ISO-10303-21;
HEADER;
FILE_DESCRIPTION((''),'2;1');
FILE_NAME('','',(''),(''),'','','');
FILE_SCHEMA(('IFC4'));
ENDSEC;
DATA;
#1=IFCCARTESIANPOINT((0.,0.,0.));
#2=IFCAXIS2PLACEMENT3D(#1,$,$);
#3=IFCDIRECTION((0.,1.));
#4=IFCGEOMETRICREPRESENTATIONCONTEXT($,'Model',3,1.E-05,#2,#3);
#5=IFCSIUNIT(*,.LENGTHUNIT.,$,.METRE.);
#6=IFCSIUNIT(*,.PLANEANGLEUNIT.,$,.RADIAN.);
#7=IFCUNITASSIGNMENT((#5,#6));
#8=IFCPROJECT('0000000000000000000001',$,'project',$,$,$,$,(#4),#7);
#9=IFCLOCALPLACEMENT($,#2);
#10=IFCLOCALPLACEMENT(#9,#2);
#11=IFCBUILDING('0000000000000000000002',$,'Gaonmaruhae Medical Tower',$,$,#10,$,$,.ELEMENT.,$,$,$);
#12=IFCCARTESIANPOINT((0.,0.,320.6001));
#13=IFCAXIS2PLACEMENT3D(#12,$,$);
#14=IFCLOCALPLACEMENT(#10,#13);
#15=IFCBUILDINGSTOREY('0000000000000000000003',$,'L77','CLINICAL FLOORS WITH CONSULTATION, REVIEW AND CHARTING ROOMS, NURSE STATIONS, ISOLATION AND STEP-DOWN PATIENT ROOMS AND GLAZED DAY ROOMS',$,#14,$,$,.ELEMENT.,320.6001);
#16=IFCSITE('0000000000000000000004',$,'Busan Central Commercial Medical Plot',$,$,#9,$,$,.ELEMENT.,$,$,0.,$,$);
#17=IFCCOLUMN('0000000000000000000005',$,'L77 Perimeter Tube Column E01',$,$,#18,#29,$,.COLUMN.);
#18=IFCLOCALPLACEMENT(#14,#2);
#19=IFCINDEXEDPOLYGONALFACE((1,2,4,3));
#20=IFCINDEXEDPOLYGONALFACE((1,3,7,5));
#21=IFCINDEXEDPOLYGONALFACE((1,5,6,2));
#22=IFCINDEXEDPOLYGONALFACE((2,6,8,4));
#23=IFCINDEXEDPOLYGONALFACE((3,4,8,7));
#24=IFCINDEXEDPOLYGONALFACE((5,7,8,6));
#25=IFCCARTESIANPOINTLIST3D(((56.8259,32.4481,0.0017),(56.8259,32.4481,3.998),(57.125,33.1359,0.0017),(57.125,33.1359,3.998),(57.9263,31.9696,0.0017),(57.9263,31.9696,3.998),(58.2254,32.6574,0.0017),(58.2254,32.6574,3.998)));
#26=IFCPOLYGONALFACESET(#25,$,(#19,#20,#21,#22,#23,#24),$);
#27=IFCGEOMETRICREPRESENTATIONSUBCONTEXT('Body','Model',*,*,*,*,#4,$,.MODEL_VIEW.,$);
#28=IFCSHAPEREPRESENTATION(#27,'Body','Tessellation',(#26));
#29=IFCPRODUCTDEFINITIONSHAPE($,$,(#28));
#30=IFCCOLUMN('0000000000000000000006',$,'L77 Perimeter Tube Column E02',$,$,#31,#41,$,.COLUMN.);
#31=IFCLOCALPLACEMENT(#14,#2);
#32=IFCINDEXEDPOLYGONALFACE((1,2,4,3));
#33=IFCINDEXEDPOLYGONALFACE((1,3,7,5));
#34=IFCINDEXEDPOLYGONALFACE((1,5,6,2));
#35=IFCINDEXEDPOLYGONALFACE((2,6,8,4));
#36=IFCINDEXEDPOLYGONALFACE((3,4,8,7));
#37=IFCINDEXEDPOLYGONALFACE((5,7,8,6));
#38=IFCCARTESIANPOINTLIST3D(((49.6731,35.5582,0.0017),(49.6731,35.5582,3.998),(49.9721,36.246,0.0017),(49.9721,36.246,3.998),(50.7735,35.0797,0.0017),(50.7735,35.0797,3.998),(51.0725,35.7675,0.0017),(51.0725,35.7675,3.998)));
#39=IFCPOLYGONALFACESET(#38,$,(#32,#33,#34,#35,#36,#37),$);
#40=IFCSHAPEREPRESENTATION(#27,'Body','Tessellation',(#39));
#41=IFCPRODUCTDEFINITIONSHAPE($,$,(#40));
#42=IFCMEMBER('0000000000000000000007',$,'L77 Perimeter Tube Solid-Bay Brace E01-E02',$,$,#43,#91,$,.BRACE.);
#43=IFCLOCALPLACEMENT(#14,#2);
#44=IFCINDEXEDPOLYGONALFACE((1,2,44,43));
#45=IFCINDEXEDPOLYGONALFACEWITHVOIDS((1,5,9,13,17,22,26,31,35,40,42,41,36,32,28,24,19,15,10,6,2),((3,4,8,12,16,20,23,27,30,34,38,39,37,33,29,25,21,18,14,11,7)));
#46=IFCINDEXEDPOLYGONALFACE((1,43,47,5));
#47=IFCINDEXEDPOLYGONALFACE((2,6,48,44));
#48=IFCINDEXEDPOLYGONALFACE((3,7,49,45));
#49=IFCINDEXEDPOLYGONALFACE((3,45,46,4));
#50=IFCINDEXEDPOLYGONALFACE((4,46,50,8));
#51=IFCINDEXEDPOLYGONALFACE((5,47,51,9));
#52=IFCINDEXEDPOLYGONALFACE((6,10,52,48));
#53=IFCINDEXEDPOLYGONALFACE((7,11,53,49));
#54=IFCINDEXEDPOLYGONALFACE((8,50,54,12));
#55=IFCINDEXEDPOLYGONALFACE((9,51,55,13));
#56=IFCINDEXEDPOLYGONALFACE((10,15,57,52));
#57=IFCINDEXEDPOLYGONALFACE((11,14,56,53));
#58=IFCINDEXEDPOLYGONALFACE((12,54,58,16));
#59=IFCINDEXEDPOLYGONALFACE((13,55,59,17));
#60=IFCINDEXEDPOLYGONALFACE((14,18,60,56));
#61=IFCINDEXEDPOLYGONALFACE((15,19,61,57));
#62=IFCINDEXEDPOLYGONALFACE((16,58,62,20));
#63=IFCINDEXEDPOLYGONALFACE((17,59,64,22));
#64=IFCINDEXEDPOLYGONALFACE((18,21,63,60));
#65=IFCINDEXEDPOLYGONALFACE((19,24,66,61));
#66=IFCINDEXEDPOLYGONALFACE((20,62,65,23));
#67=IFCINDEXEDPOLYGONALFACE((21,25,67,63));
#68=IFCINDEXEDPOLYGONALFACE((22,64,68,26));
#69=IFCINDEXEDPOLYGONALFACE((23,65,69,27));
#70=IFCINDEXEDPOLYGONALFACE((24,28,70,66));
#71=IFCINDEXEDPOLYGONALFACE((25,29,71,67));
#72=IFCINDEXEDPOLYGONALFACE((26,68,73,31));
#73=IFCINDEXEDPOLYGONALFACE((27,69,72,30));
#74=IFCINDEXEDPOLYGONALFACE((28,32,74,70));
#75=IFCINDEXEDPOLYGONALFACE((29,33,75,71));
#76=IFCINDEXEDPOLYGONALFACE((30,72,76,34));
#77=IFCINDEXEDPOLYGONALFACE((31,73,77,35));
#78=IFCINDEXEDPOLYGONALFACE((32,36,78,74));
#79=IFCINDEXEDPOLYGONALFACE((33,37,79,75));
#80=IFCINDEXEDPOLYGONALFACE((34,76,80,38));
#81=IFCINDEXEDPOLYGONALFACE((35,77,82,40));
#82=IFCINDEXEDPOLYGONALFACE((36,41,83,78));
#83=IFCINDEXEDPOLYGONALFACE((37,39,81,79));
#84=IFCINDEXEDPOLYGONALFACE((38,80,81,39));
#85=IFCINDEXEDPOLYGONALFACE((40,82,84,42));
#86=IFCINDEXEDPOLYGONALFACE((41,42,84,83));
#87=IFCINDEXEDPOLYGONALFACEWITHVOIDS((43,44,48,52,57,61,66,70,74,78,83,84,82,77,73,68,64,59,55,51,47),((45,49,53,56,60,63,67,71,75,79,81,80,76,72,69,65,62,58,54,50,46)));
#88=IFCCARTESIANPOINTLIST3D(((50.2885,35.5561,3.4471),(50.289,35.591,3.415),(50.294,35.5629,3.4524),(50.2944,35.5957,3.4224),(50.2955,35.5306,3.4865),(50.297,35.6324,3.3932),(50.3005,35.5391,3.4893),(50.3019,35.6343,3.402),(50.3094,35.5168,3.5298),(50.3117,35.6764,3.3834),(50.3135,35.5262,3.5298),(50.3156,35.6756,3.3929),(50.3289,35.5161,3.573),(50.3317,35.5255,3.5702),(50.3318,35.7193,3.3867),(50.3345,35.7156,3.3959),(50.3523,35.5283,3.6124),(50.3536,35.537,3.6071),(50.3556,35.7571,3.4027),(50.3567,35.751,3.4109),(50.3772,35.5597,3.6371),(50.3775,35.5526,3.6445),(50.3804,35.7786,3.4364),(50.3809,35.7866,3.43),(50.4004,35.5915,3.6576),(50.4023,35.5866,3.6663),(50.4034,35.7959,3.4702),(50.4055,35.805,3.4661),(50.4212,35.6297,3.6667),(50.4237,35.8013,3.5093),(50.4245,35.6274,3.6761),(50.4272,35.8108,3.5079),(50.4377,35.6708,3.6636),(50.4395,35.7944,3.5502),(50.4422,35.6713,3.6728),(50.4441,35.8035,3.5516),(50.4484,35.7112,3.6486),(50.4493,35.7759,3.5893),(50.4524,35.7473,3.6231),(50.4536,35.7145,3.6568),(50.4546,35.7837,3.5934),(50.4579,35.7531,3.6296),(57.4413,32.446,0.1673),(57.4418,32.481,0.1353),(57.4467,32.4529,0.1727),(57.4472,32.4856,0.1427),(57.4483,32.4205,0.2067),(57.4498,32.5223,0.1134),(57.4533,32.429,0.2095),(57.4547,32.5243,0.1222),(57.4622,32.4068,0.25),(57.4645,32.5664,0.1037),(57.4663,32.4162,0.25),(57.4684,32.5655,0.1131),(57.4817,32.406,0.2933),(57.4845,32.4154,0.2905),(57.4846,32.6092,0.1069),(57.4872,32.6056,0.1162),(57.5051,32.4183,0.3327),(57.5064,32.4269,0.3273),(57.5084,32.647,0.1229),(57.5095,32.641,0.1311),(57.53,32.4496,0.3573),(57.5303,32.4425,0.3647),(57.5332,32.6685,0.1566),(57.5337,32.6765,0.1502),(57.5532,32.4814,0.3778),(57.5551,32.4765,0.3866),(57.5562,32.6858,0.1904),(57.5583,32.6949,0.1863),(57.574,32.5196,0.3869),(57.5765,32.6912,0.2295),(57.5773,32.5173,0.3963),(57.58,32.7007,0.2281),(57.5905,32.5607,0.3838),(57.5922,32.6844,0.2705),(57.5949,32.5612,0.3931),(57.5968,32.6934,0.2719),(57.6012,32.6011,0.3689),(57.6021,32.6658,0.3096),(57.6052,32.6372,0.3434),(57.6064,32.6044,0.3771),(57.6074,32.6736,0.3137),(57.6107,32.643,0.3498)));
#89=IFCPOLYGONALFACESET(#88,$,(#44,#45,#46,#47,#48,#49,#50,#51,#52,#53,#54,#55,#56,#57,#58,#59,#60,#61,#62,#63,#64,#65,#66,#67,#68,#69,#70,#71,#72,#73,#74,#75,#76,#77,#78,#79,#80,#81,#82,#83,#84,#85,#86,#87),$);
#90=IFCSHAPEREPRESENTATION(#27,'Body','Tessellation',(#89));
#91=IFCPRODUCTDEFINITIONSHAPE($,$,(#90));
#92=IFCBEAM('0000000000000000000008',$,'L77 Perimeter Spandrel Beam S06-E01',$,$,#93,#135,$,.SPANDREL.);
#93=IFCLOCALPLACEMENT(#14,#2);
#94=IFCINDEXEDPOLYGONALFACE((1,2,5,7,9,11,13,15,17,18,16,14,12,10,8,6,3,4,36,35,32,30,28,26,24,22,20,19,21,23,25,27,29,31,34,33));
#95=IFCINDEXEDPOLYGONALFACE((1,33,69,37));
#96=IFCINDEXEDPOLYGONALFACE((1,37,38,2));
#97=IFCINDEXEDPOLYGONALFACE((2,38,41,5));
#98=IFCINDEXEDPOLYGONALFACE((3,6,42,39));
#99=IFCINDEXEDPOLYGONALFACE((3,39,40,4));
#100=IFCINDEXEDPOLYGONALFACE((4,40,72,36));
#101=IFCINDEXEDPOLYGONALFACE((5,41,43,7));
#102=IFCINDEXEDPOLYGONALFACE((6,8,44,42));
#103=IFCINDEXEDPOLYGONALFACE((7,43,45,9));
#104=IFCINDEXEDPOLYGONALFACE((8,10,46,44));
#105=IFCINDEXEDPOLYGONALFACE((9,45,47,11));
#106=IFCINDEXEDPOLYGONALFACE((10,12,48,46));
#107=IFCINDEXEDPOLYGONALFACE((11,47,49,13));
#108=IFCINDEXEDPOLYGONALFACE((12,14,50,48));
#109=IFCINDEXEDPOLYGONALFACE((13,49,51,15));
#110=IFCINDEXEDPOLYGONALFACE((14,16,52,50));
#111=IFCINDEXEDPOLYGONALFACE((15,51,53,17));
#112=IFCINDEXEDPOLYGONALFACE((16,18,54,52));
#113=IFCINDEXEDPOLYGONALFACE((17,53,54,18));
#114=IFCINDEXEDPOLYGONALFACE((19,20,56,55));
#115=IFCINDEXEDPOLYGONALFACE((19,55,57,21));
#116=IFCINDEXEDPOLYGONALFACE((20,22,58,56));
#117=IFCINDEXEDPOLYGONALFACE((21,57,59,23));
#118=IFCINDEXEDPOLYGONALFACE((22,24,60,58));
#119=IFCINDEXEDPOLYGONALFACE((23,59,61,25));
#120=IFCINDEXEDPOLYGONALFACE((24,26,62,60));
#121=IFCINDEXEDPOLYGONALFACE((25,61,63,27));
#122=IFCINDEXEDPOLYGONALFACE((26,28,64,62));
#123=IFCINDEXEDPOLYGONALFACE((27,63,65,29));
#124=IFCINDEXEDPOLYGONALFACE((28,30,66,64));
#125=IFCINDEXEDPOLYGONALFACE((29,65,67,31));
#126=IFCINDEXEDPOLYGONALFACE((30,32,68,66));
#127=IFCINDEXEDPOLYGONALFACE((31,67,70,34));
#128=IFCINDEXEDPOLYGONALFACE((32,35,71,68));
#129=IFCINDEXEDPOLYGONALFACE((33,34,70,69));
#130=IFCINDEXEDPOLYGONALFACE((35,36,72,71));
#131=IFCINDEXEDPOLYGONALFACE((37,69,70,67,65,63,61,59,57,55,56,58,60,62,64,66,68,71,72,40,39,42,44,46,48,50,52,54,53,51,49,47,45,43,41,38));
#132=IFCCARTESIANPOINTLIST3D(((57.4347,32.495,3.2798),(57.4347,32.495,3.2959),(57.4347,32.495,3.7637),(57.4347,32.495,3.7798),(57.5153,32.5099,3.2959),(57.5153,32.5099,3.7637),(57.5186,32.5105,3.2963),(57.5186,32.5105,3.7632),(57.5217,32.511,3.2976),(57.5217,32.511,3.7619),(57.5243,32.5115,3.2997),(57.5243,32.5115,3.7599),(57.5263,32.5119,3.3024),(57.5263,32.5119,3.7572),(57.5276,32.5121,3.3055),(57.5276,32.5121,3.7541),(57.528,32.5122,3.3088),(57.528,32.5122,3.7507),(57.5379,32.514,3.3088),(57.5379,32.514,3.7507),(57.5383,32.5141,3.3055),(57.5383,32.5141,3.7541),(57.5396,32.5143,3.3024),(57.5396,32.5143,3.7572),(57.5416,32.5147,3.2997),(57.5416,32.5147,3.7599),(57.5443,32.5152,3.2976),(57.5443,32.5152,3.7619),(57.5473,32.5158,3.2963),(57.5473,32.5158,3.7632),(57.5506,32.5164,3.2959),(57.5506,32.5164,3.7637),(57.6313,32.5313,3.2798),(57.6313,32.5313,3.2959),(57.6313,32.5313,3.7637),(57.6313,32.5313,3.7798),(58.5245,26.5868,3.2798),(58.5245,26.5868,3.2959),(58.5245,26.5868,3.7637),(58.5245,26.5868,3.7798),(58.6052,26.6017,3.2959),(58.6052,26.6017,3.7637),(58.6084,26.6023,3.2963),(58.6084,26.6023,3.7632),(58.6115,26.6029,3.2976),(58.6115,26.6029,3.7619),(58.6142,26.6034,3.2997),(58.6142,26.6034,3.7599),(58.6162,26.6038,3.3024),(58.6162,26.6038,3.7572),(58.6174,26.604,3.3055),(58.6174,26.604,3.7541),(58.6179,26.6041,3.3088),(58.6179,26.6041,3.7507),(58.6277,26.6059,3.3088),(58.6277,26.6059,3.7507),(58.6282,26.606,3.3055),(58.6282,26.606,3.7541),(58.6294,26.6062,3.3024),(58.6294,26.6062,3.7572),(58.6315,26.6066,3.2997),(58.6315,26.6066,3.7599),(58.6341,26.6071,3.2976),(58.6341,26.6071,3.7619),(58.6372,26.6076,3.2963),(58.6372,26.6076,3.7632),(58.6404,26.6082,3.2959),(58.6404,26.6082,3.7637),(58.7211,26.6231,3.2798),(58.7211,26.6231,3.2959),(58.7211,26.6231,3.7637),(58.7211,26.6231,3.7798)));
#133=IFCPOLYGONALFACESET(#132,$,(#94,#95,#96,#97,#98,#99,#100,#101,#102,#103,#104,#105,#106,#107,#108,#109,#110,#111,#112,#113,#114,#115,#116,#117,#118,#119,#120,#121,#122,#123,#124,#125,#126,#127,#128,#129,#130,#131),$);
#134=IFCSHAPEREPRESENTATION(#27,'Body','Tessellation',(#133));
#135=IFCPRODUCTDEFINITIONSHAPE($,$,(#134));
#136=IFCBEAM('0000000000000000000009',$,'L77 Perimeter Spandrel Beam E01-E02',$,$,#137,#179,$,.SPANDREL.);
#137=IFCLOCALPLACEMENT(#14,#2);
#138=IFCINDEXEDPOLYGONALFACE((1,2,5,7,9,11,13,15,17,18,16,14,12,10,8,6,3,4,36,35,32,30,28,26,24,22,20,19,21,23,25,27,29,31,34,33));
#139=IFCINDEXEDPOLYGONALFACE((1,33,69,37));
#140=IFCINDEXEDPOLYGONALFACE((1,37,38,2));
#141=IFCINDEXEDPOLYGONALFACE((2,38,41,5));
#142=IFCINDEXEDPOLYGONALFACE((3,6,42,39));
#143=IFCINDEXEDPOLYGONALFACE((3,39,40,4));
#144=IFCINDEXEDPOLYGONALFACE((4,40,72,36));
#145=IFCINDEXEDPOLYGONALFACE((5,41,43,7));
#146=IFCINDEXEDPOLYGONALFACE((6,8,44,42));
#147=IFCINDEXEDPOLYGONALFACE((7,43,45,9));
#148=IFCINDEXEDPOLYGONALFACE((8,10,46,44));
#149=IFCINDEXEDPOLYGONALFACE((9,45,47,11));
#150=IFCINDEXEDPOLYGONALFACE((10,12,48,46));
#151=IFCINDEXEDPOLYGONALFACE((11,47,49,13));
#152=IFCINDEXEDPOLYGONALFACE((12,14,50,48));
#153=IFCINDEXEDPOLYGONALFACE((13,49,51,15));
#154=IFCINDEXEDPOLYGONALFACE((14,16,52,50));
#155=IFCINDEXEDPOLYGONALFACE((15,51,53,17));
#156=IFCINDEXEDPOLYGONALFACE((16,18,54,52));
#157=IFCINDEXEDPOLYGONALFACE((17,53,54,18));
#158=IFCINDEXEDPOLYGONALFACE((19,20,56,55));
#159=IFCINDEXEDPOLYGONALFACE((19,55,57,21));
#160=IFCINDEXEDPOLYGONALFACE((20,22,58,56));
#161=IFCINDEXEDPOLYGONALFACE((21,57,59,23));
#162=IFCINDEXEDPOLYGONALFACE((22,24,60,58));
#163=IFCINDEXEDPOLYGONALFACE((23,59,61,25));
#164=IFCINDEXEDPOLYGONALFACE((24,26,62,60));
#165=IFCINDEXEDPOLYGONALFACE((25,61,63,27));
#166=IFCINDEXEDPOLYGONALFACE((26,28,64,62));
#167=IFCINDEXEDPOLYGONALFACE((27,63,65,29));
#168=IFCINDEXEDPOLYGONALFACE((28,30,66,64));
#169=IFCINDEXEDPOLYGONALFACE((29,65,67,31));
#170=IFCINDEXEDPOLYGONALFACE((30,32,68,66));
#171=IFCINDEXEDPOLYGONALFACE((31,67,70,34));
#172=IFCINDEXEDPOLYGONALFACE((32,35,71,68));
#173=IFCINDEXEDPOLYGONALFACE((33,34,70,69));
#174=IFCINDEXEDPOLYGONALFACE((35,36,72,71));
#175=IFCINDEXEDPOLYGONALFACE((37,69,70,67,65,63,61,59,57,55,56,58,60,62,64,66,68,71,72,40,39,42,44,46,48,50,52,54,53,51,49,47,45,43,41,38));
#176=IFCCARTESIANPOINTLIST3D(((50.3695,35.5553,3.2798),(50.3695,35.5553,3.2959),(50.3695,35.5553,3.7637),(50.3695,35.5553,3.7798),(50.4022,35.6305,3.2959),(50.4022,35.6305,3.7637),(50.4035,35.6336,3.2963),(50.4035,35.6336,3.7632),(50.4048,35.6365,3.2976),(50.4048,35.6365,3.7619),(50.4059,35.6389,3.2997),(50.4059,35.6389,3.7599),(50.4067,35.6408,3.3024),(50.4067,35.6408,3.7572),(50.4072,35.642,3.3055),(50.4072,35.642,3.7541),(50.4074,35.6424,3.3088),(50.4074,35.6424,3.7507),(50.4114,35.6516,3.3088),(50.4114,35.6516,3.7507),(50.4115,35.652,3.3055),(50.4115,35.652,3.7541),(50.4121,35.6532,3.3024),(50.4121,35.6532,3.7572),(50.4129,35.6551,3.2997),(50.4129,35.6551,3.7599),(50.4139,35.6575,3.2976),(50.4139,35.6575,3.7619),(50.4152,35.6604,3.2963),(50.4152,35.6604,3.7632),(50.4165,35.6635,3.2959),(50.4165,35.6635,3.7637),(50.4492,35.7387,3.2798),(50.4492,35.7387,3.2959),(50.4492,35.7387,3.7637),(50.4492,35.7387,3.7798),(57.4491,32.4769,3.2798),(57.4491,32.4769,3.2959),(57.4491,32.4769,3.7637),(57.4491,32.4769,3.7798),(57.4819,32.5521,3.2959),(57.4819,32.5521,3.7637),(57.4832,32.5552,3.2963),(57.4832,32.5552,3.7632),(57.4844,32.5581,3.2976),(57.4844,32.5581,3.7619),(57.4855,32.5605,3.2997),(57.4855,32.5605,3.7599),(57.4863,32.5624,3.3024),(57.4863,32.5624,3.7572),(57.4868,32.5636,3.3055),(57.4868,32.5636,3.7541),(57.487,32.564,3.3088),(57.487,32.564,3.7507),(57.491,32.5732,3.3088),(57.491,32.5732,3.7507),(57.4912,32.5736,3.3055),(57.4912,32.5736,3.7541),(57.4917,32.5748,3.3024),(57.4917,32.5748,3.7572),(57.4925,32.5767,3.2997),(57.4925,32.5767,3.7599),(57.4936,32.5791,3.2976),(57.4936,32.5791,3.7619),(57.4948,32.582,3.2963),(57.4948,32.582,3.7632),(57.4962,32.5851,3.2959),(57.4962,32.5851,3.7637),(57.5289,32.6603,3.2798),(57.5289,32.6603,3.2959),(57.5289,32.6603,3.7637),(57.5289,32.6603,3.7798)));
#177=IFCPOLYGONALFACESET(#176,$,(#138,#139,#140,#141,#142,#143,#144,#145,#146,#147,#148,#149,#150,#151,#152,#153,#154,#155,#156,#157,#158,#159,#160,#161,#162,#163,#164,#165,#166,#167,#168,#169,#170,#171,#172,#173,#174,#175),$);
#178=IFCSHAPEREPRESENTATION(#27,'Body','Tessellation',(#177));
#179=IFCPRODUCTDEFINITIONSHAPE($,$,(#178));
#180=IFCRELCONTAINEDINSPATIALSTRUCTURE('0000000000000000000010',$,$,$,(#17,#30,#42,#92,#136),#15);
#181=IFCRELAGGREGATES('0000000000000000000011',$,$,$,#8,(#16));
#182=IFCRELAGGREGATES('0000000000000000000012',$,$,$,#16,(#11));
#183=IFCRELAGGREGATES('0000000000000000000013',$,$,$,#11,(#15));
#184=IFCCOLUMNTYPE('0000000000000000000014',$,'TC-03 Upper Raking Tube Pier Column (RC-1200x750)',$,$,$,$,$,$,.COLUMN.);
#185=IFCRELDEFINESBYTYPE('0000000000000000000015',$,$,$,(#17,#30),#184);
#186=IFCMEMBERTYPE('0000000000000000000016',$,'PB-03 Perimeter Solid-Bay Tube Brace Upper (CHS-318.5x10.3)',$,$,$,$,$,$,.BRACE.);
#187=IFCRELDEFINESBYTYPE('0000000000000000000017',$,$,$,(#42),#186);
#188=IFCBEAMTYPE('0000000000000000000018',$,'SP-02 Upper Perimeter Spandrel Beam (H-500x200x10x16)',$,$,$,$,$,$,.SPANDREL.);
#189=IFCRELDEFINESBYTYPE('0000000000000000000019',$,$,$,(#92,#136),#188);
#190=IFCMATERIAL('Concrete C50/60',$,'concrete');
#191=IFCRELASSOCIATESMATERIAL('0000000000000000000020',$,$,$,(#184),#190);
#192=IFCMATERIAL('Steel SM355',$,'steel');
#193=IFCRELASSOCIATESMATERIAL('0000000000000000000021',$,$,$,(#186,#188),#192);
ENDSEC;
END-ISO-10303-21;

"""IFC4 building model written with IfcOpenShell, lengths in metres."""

from ifc_helpers import new_model, si_unit, direction, frame, origin, origin_2d, place, context, subcontext, project, spatial, rectangle, hollow_circle, i_section, extrude, material, material_profile, profile_set, type_object, element, save


model = new_model("IFC4")

# Units and contexts
model_context = context("Model", 3, precision=1e-05, world=origin(), true_north=direction((0.0, 1.0)))
body_context = subcontext(model_context, "Body", "Model", "MODEL_VIEW")
ifc_project = project(units=[si_unit("LENGTHUNIT", "METRE"), si_unit("PLANEANGLEUNIT", "RADIAN")], contexts=[model_context])

# Site, building, storey
site_placement = place(None, origin())
site = spatial("IfcSite", under=ifc_project, at=site_placement, Name="Busan Central Commercial Medical Plot", CompositionType="ELEMENT", RefElevation=0.0)
building_placement = place(site_placement, origin())
building = spatial("IfcBuilding", under=site, at=building_placement, Name="Gaonmaruhae Medical Tower", CompositionType="ELEMENT")
storey_placement = place(building_placement, frame((0.0, 0.0, 320.6001)))
storey = spatial("IfcBuildingStorey", under=building, at=storey_placement, Name="L77", Description="CLINICAL FLOORS WITH CONSULTATION, REVIEW AND CHARTING ROOMS, NURSE STATIONS, ISOLATION AND STEP-DOWN PATIENT ROOMS AND GLAZED DAY ROOMS", CompositionType="ELEMENT", Elevation=320.6001)

# Columns
ifc_material_1 = material(Name="Concrete C50/60", Category="concrete")
ifc_material_profile_1 = material_profile(ifc_material_1, rectangle(XDim=1.2, YDim=0.75, at=origin_2d()), Name="RC-1200x750")
ifc_profile_set_1 = profile_set([ifc_material_profile_1], Name="Concrete C50/60")
column_type = type_object("IfcColumnType", Name="TC-03 Upper Raking Tube Pier Column (RC-1200x750)", PredefinedType="COLUMN", material=ifc_profile_set_1)
for number, where, z_axis, x_axis, name in (
    (1, (57.5256, 32.5527, 0.0017), (0.0, 0.0, 1.0), (-0.91706, 0.398749, 0.0), "L77 Perimeter Tube Column E01"),
    (2, (50.3728, 35.6628, 0.0017), (0.0, 0.0, 1.0), (-0.91706, 0.398749, 0.0), "L77 Perimeter Tube Column E02"),
):
    element("IfcColumn", number, at=place(storey_placement, frame(where, z_axis=z_axis, x_axis=x_axis)), inside=storey, type_object=column_type, Name=name, PredefinedType="COLUMN", context=body_context, shape_type="SweptSolid", body=[
        extrude(rectangle(XDim=1.2, YDim=0.75, at=origin_2d()), origin(), (0.0, 0.0, 1.0), 3.9963),
    ])

# Member
ifc_material_2 = material(Name="Steel SM355", Category="steel")
ifc_material_profile_2 = material_profile(ifc_material_2, hollow_circle(Radius=0.1592, WallThickness=0.0103, at=origin_2d()), Name="CHS-318.5x10.3")
ifc_profile_set_2 = profile_set([ifc_material_profile_2], Name="Steel SM355")
member_type = type_object("IfcMemberType", Name="PB-03 Perimeter Solid-Bay Tube Brace Upper (CHS-318.5x10.3)", PredefinedType="BRACE", material=ifc_profile_set_2)
member_placement = place(storey_placement, frame((57.5256, 32.5527, 0.25), z_axis=(-0.845363, 0.367571, 0.387624), x_axis=(-0.398746, -0.917062, 0.0)))
element("IfcMember", 3, at=member_placement, inside=storey, type_object=member_type, Name="L77 Perimeter Tube Solid-Bay Brace E01-E02", PredefinedType="BRACE", context=body_context, shape_type="SweptSolid", body=[
    extrude(hollow_circle(Radius=0.1592, WallThickness=0.0103, at=origin_2d()), origin(), (0.0, 0.0, 1.0), 8.4612),
])

# Beams
ifc_material_profile_3 = material_profile(ifc_material_2, i_section(OverallWidth=0.2, OverallDepth=0.5, WebThickness=0.01, FlangeThickness=0.0161, FilletRadius=0.0129, at=origin_2d()), Name="H-500x200x10x16")
ifc_profile_set_3 = profile_set([ifc_material_profile_3], Name="Steel SM355")
beam_type = type_object("IfcBeamType", Name="SP-02 Upper Perimeter Spandrel Beam (H-500x200x10x16)", PredefinedType="SPANDREL", material=ifc_profile_set_3)
beam_1_placement = place(storey_placement, frame((58.6228, 26.605, 3.5298), z_axis=(-0.181402, 0.983409, 0.0), x_axis=(-0.983409, -0.181402, 0.0)))
element("IfcBeam", 4, at=beam_1_placement, inside=storey, type_object=beam_type, Name="L77 Perimeter Spandrel Beam S06-E01", PredefinedType="SPANDREL", context=body_context, shape_type="SweptSolid", body=[
    extrude(i_section(OverallWidth=0.2, OverallDepth=0.5, WebThickness=0.01, FlangeThickness=0.0161, FilletRadius=0.0129, at=origin_2d()), origin(), (0.0, 0.0, 1.0), 6.0078),
])
beam_2_placement = place(storey_placement, frame((57.489, 32.5686, 3.5298), z_axis=(-0.917056, 0.398757, 0.0), x_axis=(-0.398757, -0.917056, 0.0)))
element("IfcBeam", 5, at=beam_2_placement, inside=storey, type_object=beam_type, Name="L77 Perimeter Spandrel Beam E01-E02", PredefinedType="SPANDREL", context=body_context, shape_type="SweptSolid", body=[
    extrude(i_section(OverallWidth=0.2, OverallDepth=0.5, WebThickness=0.01, FlangeThickness=0.0161, FilletRadius=0.0129, at=origin_2d()), origin(), (0.0, 0.0, 1.0), 7.72),
])

save(model, "model.ifc")
